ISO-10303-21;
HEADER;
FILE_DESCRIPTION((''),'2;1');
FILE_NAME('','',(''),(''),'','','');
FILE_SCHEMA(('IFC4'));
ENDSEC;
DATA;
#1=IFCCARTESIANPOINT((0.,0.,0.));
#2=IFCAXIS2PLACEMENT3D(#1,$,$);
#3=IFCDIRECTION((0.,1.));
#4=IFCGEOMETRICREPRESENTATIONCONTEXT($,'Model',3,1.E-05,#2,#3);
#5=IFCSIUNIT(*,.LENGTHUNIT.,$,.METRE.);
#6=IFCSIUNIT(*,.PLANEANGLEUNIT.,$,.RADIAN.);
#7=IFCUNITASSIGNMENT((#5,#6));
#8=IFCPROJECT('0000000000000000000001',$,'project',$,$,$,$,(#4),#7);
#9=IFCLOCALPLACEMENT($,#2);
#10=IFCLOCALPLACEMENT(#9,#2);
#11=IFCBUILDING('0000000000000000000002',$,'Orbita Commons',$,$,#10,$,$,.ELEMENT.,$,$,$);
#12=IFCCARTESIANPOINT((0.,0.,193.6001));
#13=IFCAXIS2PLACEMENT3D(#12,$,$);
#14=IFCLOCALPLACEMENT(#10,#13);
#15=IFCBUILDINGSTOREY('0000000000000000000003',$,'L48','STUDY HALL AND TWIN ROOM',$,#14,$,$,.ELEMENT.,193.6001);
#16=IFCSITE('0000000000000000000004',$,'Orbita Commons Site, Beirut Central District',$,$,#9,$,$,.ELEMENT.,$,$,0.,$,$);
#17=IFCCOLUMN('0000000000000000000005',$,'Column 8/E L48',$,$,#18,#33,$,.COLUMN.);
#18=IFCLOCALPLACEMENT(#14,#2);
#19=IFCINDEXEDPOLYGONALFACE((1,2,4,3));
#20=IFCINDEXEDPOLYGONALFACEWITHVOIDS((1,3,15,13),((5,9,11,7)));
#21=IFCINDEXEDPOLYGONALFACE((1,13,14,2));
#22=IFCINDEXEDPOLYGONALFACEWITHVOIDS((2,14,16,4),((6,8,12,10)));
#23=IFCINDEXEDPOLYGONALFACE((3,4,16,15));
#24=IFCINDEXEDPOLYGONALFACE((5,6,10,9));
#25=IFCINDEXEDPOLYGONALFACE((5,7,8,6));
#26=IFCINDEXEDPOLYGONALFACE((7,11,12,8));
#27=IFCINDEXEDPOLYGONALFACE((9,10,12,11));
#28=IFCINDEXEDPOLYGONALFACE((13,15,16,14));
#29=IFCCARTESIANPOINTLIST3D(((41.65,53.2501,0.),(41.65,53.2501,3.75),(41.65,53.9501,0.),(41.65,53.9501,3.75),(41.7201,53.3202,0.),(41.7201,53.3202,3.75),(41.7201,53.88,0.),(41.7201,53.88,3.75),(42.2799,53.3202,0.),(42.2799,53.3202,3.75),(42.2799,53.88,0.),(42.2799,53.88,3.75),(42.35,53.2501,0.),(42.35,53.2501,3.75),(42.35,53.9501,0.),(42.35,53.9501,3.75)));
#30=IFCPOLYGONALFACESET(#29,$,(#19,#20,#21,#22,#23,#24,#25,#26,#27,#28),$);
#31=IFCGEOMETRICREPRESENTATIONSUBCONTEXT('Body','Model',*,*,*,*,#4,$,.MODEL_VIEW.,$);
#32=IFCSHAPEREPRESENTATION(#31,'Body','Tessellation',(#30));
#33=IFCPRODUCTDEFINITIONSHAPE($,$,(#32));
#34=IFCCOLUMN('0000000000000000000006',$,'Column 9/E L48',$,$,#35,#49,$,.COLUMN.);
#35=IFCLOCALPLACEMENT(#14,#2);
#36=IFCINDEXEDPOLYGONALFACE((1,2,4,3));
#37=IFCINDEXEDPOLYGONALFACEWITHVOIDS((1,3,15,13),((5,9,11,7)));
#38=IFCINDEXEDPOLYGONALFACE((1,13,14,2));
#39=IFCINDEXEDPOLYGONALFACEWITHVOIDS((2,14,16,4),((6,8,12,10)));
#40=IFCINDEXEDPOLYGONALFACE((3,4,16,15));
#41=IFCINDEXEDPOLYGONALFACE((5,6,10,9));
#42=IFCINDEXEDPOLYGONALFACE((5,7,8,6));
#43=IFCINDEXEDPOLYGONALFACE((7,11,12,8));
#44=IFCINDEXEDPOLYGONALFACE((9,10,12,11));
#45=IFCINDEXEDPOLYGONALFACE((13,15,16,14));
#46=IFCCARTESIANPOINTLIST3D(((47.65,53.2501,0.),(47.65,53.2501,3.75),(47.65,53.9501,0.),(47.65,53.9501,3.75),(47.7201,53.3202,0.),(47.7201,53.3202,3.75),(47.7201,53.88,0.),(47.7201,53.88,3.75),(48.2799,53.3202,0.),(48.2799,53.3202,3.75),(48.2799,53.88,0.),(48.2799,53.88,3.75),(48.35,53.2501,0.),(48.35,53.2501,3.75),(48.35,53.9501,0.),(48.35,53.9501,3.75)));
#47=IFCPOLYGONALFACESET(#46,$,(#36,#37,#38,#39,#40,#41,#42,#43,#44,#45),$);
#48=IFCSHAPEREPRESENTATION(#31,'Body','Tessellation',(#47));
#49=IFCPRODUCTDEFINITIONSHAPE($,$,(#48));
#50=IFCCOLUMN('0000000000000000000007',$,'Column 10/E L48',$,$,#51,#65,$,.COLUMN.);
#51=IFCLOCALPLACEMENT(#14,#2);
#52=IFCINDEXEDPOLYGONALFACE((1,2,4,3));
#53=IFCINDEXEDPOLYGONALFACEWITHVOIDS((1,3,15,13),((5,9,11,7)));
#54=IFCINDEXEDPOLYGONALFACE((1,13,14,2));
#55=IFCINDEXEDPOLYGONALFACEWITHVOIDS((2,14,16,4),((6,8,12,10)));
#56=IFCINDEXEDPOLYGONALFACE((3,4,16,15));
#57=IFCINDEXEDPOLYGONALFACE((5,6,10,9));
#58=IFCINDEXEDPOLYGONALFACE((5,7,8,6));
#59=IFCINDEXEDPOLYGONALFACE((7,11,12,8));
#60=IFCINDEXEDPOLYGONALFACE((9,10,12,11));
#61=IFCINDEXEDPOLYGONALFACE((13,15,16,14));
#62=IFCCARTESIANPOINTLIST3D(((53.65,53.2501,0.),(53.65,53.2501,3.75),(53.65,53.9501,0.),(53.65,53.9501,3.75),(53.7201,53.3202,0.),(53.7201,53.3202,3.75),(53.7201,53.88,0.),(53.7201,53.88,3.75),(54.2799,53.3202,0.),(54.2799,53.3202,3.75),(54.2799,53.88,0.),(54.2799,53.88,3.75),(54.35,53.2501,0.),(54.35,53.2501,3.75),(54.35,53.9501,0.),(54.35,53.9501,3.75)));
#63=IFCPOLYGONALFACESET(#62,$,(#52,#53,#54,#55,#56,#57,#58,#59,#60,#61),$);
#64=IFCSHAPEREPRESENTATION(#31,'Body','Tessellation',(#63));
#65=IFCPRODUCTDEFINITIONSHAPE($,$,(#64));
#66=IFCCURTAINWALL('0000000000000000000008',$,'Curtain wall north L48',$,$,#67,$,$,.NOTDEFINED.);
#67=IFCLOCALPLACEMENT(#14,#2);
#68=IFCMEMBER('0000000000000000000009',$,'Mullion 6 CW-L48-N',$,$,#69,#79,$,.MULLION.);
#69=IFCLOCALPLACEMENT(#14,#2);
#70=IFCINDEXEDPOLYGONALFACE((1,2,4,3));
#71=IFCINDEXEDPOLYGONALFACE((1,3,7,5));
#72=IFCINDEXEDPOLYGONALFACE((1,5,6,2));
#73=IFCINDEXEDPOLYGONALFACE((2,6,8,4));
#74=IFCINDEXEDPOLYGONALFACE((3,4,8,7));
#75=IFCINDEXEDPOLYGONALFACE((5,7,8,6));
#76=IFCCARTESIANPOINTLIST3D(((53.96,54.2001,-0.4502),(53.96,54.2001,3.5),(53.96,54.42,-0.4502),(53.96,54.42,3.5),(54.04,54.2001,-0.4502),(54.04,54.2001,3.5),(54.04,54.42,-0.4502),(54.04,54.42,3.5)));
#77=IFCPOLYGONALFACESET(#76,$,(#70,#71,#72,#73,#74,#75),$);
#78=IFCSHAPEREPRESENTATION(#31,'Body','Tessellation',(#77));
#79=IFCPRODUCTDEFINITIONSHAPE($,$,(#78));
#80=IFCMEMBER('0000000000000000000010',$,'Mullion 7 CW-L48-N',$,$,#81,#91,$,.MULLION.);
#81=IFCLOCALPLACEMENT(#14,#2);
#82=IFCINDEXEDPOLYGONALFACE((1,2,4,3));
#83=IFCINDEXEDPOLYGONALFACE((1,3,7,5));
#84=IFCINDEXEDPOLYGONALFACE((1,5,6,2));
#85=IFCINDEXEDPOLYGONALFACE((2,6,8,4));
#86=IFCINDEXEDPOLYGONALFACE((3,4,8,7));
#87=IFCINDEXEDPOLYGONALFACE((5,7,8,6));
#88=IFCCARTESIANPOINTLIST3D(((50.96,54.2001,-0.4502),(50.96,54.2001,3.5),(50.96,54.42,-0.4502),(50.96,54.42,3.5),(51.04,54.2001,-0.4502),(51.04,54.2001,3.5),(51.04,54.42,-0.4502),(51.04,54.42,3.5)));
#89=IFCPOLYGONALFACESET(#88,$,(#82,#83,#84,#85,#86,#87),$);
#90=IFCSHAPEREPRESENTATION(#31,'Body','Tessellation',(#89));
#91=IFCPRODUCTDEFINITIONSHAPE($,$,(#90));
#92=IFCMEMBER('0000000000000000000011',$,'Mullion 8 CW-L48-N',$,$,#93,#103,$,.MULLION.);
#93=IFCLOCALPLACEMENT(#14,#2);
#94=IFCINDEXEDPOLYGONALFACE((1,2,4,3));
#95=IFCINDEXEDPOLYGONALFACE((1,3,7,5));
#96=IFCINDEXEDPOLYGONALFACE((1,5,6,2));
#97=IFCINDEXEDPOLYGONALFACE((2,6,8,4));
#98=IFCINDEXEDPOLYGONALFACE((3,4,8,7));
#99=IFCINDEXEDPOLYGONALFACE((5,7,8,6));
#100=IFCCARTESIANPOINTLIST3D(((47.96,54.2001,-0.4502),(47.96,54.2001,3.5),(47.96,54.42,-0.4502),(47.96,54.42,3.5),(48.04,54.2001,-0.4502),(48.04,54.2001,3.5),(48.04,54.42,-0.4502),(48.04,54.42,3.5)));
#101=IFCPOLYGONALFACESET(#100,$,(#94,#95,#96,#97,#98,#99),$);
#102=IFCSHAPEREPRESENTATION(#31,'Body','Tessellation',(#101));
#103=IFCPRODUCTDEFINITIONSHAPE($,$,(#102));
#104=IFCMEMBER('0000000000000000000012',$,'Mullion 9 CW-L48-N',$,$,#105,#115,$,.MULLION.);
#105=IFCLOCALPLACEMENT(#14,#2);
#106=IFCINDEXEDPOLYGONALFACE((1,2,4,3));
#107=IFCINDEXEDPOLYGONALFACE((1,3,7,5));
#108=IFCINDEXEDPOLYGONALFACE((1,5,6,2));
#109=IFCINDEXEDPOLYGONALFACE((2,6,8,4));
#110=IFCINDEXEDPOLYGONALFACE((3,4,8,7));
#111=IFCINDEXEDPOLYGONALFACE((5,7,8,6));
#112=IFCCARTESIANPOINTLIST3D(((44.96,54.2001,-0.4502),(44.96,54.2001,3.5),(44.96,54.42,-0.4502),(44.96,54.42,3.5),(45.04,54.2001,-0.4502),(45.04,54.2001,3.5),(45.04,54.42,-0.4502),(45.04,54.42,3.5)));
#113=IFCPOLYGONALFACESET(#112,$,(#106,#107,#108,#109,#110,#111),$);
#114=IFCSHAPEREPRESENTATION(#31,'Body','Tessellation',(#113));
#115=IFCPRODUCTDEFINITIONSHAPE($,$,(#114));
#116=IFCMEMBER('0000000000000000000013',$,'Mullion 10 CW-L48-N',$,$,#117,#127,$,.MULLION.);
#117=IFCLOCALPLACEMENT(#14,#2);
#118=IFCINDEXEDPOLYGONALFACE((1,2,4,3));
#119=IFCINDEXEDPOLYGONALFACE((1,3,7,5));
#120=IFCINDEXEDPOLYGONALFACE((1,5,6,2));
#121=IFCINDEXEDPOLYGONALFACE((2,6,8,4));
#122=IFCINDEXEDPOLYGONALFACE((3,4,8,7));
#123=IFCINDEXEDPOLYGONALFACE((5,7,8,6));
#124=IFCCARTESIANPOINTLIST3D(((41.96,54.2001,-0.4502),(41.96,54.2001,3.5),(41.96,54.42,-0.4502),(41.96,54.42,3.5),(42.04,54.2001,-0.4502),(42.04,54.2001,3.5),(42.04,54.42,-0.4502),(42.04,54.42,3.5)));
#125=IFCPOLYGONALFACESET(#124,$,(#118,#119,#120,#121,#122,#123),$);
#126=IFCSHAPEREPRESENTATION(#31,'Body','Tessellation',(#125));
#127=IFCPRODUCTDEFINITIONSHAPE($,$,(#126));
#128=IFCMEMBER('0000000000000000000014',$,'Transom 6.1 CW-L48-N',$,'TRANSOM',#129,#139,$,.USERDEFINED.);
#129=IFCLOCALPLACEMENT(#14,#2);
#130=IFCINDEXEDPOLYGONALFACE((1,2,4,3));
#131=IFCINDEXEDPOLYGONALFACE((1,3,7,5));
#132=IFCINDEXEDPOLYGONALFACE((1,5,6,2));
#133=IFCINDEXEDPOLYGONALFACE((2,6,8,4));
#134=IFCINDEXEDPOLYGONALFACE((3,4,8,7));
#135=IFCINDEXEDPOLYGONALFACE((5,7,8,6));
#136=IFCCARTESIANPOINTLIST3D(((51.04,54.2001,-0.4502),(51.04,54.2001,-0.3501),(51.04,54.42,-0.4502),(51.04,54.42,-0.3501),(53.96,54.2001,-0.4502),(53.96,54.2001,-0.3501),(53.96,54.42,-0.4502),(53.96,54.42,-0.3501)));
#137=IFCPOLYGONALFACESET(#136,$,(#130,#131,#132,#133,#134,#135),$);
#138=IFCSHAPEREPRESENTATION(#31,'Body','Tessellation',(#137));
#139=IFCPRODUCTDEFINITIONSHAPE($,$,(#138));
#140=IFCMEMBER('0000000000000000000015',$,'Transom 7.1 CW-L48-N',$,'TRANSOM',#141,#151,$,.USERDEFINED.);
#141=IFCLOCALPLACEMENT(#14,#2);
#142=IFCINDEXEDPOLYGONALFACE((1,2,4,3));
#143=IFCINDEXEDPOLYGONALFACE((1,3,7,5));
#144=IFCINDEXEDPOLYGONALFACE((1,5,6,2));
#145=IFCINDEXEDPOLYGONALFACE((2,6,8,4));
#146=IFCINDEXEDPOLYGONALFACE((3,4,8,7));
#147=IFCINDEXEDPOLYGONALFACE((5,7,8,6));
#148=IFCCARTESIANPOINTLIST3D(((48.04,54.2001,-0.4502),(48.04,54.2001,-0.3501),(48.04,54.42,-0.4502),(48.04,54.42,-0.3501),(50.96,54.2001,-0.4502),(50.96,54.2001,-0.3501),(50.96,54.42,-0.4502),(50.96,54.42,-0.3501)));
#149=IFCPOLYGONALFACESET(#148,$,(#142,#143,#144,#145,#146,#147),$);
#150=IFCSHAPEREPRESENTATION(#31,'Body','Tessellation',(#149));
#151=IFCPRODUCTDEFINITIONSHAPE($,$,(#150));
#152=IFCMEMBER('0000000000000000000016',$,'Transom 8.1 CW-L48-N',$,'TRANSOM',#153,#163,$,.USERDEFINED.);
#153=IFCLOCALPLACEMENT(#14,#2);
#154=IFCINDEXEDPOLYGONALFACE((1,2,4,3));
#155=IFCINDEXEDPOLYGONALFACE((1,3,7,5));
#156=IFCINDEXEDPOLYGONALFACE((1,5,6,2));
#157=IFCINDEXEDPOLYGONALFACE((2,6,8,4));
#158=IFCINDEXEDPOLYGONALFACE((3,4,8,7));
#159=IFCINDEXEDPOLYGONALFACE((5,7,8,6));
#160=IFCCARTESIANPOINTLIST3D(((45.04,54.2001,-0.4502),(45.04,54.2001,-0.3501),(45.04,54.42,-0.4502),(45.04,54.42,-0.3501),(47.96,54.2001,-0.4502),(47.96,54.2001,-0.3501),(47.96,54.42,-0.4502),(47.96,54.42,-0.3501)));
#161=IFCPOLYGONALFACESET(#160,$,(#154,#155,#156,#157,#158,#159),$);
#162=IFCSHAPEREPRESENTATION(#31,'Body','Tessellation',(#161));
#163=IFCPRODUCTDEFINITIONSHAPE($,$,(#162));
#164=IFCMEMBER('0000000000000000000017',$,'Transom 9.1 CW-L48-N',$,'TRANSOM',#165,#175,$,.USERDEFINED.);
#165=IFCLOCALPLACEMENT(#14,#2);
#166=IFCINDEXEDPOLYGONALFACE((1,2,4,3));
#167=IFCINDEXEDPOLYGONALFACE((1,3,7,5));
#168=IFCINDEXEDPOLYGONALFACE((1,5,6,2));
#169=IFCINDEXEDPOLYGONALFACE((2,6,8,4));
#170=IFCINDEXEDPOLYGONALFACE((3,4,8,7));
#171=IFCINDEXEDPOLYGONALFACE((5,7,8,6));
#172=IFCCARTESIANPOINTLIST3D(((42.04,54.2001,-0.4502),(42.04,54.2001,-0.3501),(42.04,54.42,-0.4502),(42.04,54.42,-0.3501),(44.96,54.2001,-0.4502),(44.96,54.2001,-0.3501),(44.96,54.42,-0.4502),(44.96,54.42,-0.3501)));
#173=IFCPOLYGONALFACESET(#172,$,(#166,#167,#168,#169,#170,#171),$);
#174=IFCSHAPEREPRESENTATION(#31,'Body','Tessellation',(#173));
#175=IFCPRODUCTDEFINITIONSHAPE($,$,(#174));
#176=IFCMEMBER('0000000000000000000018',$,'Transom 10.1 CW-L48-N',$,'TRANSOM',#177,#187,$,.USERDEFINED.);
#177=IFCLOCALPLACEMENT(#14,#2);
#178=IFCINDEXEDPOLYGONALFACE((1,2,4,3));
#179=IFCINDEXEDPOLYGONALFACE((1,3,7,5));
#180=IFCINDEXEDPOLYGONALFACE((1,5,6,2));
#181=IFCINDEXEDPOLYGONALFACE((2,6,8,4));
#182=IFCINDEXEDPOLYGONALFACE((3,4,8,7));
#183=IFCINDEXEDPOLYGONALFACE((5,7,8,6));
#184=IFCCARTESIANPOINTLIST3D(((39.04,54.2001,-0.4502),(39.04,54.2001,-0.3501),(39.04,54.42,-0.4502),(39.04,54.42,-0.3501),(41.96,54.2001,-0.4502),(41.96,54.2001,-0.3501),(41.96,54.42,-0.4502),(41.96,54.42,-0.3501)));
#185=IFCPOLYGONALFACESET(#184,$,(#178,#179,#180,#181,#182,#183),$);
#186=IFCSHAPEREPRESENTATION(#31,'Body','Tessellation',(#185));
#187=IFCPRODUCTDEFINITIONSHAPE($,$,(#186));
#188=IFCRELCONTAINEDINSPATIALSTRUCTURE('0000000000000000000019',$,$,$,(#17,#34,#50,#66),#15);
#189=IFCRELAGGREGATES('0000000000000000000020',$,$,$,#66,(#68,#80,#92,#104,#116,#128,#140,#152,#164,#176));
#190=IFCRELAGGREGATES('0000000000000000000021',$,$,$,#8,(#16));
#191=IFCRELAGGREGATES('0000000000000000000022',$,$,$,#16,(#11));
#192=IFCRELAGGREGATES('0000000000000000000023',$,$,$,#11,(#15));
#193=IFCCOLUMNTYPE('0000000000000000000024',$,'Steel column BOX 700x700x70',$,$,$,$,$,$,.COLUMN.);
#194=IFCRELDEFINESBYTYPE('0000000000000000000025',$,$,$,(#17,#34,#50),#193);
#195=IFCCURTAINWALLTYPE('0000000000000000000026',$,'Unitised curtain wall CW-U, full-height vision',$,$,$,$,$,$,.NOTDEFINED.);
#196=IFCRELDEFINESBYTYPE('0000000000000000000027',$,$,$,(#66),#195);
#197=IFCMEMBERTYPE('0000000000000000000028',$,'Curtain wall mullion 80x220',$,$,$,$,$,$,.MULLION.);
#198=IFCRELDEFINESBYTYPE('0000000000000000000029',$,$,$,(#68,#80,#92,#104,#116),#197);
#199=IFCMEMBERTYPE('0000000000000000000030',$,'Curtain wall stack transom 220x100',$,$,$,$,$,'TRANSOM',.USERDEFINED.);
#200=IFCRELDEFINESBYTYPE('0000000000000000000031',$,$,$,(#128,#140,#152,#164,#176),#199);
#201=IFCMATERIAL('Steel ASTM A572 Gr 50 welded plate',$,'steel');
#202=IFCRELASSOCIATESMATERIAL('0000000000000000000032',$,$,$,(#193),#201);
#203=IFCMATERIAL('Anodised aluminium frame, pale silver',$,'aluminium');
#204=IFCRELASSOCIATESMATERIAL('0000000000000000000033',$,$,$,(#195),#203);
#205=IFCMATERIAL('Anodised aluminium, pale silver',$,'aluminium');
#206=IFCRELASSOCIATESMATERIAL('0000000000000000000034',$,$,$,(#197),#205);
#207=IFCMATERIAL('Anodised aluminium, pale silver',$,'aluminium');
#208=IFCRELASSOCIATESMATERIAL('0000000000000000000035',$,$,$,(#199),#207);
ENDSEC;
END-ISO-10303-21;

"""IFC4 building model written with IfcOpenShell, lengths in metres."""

from ifc_helpers import new_model, si_unit, direction, frame, origin, origin_2d, place, context, subcontext, project, spatial, rectangle, hollow_rectangle, extrude, material, material_profile, profile_set, type_object, element, aggregate, save


model = new_model("IFC4")

# Units and contexts
model_context = context("Model", 3, precision=1e-05, world=origin(), true_north=direction((0.0, 1.0)))
body_context = subcontext(model_context, "Body", "Model", "MODEL_VIEW")
ifc_project = project(units=[si_unit("LENGTHUNIT", "METRE"), si_unit("PLANEANGLEUNIT", "RADIAN")], contexts=[model_context])

# Site, building, storey
site_placement = place(None, origin())
site = spatial("IfcSite", under=ifc_project, at=site_placement, Name="Orbita Commons Site, Beirut Central District", CompositionType="ELEMENT", RefElevation=0.0)
building_placement = place(site_placement, origin())
building = spatial("IfcBuilding", under=site, at=building_placement, Name="Orbita Commons", CompositionType="ELEMENT")
storey_placement = place(building_placement, frame((0.0, 0.0, 193.6001)))
storey = spatial("IfcBuildingStorey", under=building, at=storey_placement, Name="L48", Description="STUDY HALL AND TWIN ROOM", CompositionType="ELEMENT", Elevation=193.6001)

# Columns
ifc_material_1 = material(Name="Steel ASTM A572 Gr 50 welded plate", Category="steel")
ifc_material_profile_1 = material_profile(ifc_material_1, hollow_rectangle(XDim=0.7, YDim=0.7, WallThickness=0.0701, at=origin_2d()), Name="BOX 700x700x70")
ifc_profile_set_1 = profile_set([ifc_material_profile_1], Name="Steel ASTM A572 Gr 50 welded plate")
column_type = type_object("IfcColumnType", Name="Steel column BOX 700x700x70", PredefinedType="COLUMN", material=ifc_profile_set_1)
for number, where, z_axis, x_axis, name in (
    (1, (42.0, 53.6001, 0.0), (0.0, 0.0, 1.0), (1.0, 0.0, 0.0), "Column 8/E L48"),
    (2, (48.0, 53.6001, 0.0), (0.0, 0.0, 1.0), (1.0, 0.0, 0.0), "Column 9/E L48"),
    (3, (54.0, 53.6001, 0.0), (0.0, 0.0, 1.0), (1.0, 0.0, 0.0), "Column 10/E L48"),
):
    element("IfcColumn", number, at=place(storey_placement, frame(where, z_axis=z_axis, x_axis=x_axis)), inside=storey, type_object=column_type, Name=name, PredefinedType="COLUMN", context=body_context, shape_type="SweptSolid", body=[
        extrude(hollow_rectangle(XDim=0.7, YDim=0.7, WallThickness=0.0701, at=origin_2d()), origin(), (0.0, 0.0, 1.0), 3.75),
    ])

# Curtain wall, members
ifc_material_2 = material(Name="Anodised aluminium frame, pale silver", Category="aluminium")
curtain_wall_type = type_object("IfcCurtainWallType", Name="Unitised curtain wall CW-U, full-height vision", PredefinedType="NOTDEFINED", material=ifc_material_2)
curtain_wall_placement = place(storey_placement, origin())
curtain_wall = element("IfcCurtainWall", 4, at=curtain_wall_placement, inside=storey, type_object=curtain_wall_type, Name="Curtain wall north L48", PredefinedType="NOTDEFINED")
ifc_material_3 = material(Name="Anodised aluminium, pale silver", Category="aluminium")
ifc_material_profile_2 = material_profile(ifc_material_3, rectangle(XDim=0.0801, YDim=0.22, at=origin_2d()), Name="AL 80x220")
ifc_profile_set_2 = profile_set([ifc_material_profile_2], Name="Anodised aluminium, pale silver")
member_type_1 = type_object("IfcMemberType", Name="Curtain wall mullion 80x220", PredefinedType="MULLION", material=ifc_profile_set_2)
member_1_placement = place(storey_placement, frame((54.0, 54.3101, -0.4502), z_axis=(0.0, 0.0, 1.0), x_axis=(-1.0, 0.0, 0.0)))
member_1 = element("IfcMember", 5, at=member_1_placement, type_object=member_type_1, Name="Mullion 6 CW-L48-N", PredefinedType="MULLION", context=body_context, shape_type="SweptSolid", body=[
    extrude(rectangle(XDim=0.0801, YDim=0.22, at=origin_2d()), origin(), (0.0, 0.0, 1.0), 3.9502),
])
member_2_placement = place(storey_placement, frame((51.0, 54.3101, -0.4502), z_axis=(0.0, 0.0, 1.0), x_axis=(-1.0, 0.0, 0.0)))
member_2 = element("IfcMember", 6, at=member_2_placement, type_object=member_type_1, Name="Mullion 7 CW-L48-N", PredefinedType="MULLION", context=body_context, shape_type="SweptSolid", body=[
    extrude(rectangle(XDim=0.0801, YDim=0.22, at=origin_2d()), origin(), (0.0, 0.0, 1.0), 3.9502),
])
member_3_placement = place(storey_placement, frame((48.0, 54.3101, -0.4502), z_axis=(0.0, 0.0, 1.0), x_axis=(-1.0, 0.0, 0.0)))
member_3 = element("IfcMember", 7, at=member_3_placement, type_object=member_type_1, Name="Mullion 8 CW-L48-N", PredefinedType="MULLION", context=body_context, shape_type="SweptSolid", body=[
    extrude(rectangle(XDim=0.0801, YDim=0.22, at=origin_2d()), origin(), (0.0, 0.0, 1.0), 3.9502),
])
member_4_placement = place(storey_placement, frame((45.0, 54.3101, -0.4502), z_axis=(0.0, 0.0, 1.0), x_axis=(-1.0, 0.0, 0.0)))
member_4 = element("IfcMember", 8, at=member_4_placement, type_object=member_type_1, Name="Mullion 9 CW-L48-N", PredefinedType="MULLION", context=body_context, shape_type="SweptSolid", body=[
    extrude(rectangle(XDim=0.0801, YDim=0.22, at=origin_2d()), origin(), (0.0, 0.0, 1.0), 3.9502),
])
member_5_placement = place(storey_placement, frame((42.0, 54.3101, -0.4502), z_axis=(0.0, 0.0, 1.0), x_axis=(-1.0, 0.0, 0.0)))
member_5 = element("IfcMember", 9, at=member_5_placement, type_object=member_type_1, Name="Mullion 10 CW-L48-N", PredefinedType="MULLION", context=body_context, shape_type="SweptSolid", body=[
    extrude(rectangle(XDim=0.0801, YDim=0.22, at=origin_2d()), origin(), (0.0, 0.0, 1.0), 3.9502),
])
ifc_material_4 = material(Name="Anodised aluminium, pale silver", Category="aluminium")
ifc_material_profile_3 = material_profile(ifc_material_4, rectangle(XDim=0.22, YDim=0.1001, at=origin_2d()), Name="AL 220x100")
ifc_profile_set_3 = profile_set([ifc_material_profile_3], Name="Anodised aluminium, pale silver")
member_type_2 = type_object("IfcMemberType", Name="Curtain wall stack transom 220x100", ElementType="TRANSOM", PredefinedType="USERDEFINED", material=ifc_profile_set_3)
member_6_placement = place(storey_placement, frame((53.96, 54.3101, -0.4001), z_axis=(-1.0, 0.0, 0.0), x_axis=(0.0, -1.0, 0.0)))
member_6 = element("IfcMember", 10, at=member_6_placement, type_object=member_type_2, Name="Transom 6.1 CW-L48-N", ObjectType="TRANSOM", PredefinedType="USERDEFINED", context=body_context, shape_type="SweptSolid", body=[
    extrude(rectangle(XDim=0.22, YDim=0.1001, at=origin_2d()), origin(), (0.0, 0.0, 1.0), 2.9199),
])
member_7_placement = place(storey_placement, frame((50.96, 54.3101, -0.4001), z_axis=(-1.0, 0.0, 0.0), x_axis=(0.0, -1.0, 0.0)))
member_7 = element("IfcMember", 11, at=member_7_placement, type_object=member_type_2, Name="Transom 7.1 CW-L48-N", ObjectType="TRANSOM", PredefinedType="USERDEFINED", context=body_context, shape_type="SweptSolid", body=[
    extrude(rectangle(XDim=0.22, YDim=0.1001, at=origin_2d()), origin(), (0.0, 0.0, 1.0), 2.9199),
])
member_8_placement = place(storey_placement, frame((47.96, 54.3101, -0.4001), z_axis=(-1.0, 0.0, 0.0), x_axis=(0.0, -1.0, 0.0)))
member_8 = element("IfcMember", 12, at=member_8_placement, type_object=member_type_2, Name="Transom 8.1 CW-L48-N", ObjectType="TRANSOM", PredefinedType="USERDEFINED", context=body_context, shape_type="SweptSolid", body=[
    extrude(rectangle(XDim=0.22, YDim=0.1001, at=origin_2d()), origin(), (0.0, 0.0, 1.0), 2.9199),
])
member_9_placement = place(storey_placement, frame((44.96, 54.3101, -0.4001), z_axis=(-1.0, 0.0, 0.0), x_axis=(0.0, -1.0, 0.0)))
member_9 = element("IfcMember", 13, at=member_9_placement, type_object=member_type_2, Name="Transom 9.1 CW-L48-N", ObjectType="TRANSOM", PredefinedType="USERDEFINED", context=body_context, shape_type="SweptSolid", body=[
    extrude(rectangle(XDim=0.22, YDim=0.1001, at=origin_2d()), origin(), (0.0, 0.0, 1.0), 2.9199),
])
member_10_placement = place(storey_placement, frame((41.96, 54.3101, -0.4001), z_axis=(-1.0, 0.0, 0.0), x_axis=(0.0, -1.0, 0.0)))
member_10 = element("IfcMember", 14, at=member_10_placement, type_object=member_type_2, Name="Transom 10.1 CW-L48-N", ObjectType="TRANSOM", PredefinedType="USERDEFINED", context=body_context, shape_type="SweptSolid", body=[
    extrude(rectangle(XDim=0.22, YDim=0.1001, at=origin_2d()), origin(), (0.0, 0.0, 1.0), 2.9199),
])

aggregate(curtain_wall, [member_1, member_2, member_3, member_4, member_5, member_6, member_7, member_8, member_9, member_10])

save(model, "model.ifc")
